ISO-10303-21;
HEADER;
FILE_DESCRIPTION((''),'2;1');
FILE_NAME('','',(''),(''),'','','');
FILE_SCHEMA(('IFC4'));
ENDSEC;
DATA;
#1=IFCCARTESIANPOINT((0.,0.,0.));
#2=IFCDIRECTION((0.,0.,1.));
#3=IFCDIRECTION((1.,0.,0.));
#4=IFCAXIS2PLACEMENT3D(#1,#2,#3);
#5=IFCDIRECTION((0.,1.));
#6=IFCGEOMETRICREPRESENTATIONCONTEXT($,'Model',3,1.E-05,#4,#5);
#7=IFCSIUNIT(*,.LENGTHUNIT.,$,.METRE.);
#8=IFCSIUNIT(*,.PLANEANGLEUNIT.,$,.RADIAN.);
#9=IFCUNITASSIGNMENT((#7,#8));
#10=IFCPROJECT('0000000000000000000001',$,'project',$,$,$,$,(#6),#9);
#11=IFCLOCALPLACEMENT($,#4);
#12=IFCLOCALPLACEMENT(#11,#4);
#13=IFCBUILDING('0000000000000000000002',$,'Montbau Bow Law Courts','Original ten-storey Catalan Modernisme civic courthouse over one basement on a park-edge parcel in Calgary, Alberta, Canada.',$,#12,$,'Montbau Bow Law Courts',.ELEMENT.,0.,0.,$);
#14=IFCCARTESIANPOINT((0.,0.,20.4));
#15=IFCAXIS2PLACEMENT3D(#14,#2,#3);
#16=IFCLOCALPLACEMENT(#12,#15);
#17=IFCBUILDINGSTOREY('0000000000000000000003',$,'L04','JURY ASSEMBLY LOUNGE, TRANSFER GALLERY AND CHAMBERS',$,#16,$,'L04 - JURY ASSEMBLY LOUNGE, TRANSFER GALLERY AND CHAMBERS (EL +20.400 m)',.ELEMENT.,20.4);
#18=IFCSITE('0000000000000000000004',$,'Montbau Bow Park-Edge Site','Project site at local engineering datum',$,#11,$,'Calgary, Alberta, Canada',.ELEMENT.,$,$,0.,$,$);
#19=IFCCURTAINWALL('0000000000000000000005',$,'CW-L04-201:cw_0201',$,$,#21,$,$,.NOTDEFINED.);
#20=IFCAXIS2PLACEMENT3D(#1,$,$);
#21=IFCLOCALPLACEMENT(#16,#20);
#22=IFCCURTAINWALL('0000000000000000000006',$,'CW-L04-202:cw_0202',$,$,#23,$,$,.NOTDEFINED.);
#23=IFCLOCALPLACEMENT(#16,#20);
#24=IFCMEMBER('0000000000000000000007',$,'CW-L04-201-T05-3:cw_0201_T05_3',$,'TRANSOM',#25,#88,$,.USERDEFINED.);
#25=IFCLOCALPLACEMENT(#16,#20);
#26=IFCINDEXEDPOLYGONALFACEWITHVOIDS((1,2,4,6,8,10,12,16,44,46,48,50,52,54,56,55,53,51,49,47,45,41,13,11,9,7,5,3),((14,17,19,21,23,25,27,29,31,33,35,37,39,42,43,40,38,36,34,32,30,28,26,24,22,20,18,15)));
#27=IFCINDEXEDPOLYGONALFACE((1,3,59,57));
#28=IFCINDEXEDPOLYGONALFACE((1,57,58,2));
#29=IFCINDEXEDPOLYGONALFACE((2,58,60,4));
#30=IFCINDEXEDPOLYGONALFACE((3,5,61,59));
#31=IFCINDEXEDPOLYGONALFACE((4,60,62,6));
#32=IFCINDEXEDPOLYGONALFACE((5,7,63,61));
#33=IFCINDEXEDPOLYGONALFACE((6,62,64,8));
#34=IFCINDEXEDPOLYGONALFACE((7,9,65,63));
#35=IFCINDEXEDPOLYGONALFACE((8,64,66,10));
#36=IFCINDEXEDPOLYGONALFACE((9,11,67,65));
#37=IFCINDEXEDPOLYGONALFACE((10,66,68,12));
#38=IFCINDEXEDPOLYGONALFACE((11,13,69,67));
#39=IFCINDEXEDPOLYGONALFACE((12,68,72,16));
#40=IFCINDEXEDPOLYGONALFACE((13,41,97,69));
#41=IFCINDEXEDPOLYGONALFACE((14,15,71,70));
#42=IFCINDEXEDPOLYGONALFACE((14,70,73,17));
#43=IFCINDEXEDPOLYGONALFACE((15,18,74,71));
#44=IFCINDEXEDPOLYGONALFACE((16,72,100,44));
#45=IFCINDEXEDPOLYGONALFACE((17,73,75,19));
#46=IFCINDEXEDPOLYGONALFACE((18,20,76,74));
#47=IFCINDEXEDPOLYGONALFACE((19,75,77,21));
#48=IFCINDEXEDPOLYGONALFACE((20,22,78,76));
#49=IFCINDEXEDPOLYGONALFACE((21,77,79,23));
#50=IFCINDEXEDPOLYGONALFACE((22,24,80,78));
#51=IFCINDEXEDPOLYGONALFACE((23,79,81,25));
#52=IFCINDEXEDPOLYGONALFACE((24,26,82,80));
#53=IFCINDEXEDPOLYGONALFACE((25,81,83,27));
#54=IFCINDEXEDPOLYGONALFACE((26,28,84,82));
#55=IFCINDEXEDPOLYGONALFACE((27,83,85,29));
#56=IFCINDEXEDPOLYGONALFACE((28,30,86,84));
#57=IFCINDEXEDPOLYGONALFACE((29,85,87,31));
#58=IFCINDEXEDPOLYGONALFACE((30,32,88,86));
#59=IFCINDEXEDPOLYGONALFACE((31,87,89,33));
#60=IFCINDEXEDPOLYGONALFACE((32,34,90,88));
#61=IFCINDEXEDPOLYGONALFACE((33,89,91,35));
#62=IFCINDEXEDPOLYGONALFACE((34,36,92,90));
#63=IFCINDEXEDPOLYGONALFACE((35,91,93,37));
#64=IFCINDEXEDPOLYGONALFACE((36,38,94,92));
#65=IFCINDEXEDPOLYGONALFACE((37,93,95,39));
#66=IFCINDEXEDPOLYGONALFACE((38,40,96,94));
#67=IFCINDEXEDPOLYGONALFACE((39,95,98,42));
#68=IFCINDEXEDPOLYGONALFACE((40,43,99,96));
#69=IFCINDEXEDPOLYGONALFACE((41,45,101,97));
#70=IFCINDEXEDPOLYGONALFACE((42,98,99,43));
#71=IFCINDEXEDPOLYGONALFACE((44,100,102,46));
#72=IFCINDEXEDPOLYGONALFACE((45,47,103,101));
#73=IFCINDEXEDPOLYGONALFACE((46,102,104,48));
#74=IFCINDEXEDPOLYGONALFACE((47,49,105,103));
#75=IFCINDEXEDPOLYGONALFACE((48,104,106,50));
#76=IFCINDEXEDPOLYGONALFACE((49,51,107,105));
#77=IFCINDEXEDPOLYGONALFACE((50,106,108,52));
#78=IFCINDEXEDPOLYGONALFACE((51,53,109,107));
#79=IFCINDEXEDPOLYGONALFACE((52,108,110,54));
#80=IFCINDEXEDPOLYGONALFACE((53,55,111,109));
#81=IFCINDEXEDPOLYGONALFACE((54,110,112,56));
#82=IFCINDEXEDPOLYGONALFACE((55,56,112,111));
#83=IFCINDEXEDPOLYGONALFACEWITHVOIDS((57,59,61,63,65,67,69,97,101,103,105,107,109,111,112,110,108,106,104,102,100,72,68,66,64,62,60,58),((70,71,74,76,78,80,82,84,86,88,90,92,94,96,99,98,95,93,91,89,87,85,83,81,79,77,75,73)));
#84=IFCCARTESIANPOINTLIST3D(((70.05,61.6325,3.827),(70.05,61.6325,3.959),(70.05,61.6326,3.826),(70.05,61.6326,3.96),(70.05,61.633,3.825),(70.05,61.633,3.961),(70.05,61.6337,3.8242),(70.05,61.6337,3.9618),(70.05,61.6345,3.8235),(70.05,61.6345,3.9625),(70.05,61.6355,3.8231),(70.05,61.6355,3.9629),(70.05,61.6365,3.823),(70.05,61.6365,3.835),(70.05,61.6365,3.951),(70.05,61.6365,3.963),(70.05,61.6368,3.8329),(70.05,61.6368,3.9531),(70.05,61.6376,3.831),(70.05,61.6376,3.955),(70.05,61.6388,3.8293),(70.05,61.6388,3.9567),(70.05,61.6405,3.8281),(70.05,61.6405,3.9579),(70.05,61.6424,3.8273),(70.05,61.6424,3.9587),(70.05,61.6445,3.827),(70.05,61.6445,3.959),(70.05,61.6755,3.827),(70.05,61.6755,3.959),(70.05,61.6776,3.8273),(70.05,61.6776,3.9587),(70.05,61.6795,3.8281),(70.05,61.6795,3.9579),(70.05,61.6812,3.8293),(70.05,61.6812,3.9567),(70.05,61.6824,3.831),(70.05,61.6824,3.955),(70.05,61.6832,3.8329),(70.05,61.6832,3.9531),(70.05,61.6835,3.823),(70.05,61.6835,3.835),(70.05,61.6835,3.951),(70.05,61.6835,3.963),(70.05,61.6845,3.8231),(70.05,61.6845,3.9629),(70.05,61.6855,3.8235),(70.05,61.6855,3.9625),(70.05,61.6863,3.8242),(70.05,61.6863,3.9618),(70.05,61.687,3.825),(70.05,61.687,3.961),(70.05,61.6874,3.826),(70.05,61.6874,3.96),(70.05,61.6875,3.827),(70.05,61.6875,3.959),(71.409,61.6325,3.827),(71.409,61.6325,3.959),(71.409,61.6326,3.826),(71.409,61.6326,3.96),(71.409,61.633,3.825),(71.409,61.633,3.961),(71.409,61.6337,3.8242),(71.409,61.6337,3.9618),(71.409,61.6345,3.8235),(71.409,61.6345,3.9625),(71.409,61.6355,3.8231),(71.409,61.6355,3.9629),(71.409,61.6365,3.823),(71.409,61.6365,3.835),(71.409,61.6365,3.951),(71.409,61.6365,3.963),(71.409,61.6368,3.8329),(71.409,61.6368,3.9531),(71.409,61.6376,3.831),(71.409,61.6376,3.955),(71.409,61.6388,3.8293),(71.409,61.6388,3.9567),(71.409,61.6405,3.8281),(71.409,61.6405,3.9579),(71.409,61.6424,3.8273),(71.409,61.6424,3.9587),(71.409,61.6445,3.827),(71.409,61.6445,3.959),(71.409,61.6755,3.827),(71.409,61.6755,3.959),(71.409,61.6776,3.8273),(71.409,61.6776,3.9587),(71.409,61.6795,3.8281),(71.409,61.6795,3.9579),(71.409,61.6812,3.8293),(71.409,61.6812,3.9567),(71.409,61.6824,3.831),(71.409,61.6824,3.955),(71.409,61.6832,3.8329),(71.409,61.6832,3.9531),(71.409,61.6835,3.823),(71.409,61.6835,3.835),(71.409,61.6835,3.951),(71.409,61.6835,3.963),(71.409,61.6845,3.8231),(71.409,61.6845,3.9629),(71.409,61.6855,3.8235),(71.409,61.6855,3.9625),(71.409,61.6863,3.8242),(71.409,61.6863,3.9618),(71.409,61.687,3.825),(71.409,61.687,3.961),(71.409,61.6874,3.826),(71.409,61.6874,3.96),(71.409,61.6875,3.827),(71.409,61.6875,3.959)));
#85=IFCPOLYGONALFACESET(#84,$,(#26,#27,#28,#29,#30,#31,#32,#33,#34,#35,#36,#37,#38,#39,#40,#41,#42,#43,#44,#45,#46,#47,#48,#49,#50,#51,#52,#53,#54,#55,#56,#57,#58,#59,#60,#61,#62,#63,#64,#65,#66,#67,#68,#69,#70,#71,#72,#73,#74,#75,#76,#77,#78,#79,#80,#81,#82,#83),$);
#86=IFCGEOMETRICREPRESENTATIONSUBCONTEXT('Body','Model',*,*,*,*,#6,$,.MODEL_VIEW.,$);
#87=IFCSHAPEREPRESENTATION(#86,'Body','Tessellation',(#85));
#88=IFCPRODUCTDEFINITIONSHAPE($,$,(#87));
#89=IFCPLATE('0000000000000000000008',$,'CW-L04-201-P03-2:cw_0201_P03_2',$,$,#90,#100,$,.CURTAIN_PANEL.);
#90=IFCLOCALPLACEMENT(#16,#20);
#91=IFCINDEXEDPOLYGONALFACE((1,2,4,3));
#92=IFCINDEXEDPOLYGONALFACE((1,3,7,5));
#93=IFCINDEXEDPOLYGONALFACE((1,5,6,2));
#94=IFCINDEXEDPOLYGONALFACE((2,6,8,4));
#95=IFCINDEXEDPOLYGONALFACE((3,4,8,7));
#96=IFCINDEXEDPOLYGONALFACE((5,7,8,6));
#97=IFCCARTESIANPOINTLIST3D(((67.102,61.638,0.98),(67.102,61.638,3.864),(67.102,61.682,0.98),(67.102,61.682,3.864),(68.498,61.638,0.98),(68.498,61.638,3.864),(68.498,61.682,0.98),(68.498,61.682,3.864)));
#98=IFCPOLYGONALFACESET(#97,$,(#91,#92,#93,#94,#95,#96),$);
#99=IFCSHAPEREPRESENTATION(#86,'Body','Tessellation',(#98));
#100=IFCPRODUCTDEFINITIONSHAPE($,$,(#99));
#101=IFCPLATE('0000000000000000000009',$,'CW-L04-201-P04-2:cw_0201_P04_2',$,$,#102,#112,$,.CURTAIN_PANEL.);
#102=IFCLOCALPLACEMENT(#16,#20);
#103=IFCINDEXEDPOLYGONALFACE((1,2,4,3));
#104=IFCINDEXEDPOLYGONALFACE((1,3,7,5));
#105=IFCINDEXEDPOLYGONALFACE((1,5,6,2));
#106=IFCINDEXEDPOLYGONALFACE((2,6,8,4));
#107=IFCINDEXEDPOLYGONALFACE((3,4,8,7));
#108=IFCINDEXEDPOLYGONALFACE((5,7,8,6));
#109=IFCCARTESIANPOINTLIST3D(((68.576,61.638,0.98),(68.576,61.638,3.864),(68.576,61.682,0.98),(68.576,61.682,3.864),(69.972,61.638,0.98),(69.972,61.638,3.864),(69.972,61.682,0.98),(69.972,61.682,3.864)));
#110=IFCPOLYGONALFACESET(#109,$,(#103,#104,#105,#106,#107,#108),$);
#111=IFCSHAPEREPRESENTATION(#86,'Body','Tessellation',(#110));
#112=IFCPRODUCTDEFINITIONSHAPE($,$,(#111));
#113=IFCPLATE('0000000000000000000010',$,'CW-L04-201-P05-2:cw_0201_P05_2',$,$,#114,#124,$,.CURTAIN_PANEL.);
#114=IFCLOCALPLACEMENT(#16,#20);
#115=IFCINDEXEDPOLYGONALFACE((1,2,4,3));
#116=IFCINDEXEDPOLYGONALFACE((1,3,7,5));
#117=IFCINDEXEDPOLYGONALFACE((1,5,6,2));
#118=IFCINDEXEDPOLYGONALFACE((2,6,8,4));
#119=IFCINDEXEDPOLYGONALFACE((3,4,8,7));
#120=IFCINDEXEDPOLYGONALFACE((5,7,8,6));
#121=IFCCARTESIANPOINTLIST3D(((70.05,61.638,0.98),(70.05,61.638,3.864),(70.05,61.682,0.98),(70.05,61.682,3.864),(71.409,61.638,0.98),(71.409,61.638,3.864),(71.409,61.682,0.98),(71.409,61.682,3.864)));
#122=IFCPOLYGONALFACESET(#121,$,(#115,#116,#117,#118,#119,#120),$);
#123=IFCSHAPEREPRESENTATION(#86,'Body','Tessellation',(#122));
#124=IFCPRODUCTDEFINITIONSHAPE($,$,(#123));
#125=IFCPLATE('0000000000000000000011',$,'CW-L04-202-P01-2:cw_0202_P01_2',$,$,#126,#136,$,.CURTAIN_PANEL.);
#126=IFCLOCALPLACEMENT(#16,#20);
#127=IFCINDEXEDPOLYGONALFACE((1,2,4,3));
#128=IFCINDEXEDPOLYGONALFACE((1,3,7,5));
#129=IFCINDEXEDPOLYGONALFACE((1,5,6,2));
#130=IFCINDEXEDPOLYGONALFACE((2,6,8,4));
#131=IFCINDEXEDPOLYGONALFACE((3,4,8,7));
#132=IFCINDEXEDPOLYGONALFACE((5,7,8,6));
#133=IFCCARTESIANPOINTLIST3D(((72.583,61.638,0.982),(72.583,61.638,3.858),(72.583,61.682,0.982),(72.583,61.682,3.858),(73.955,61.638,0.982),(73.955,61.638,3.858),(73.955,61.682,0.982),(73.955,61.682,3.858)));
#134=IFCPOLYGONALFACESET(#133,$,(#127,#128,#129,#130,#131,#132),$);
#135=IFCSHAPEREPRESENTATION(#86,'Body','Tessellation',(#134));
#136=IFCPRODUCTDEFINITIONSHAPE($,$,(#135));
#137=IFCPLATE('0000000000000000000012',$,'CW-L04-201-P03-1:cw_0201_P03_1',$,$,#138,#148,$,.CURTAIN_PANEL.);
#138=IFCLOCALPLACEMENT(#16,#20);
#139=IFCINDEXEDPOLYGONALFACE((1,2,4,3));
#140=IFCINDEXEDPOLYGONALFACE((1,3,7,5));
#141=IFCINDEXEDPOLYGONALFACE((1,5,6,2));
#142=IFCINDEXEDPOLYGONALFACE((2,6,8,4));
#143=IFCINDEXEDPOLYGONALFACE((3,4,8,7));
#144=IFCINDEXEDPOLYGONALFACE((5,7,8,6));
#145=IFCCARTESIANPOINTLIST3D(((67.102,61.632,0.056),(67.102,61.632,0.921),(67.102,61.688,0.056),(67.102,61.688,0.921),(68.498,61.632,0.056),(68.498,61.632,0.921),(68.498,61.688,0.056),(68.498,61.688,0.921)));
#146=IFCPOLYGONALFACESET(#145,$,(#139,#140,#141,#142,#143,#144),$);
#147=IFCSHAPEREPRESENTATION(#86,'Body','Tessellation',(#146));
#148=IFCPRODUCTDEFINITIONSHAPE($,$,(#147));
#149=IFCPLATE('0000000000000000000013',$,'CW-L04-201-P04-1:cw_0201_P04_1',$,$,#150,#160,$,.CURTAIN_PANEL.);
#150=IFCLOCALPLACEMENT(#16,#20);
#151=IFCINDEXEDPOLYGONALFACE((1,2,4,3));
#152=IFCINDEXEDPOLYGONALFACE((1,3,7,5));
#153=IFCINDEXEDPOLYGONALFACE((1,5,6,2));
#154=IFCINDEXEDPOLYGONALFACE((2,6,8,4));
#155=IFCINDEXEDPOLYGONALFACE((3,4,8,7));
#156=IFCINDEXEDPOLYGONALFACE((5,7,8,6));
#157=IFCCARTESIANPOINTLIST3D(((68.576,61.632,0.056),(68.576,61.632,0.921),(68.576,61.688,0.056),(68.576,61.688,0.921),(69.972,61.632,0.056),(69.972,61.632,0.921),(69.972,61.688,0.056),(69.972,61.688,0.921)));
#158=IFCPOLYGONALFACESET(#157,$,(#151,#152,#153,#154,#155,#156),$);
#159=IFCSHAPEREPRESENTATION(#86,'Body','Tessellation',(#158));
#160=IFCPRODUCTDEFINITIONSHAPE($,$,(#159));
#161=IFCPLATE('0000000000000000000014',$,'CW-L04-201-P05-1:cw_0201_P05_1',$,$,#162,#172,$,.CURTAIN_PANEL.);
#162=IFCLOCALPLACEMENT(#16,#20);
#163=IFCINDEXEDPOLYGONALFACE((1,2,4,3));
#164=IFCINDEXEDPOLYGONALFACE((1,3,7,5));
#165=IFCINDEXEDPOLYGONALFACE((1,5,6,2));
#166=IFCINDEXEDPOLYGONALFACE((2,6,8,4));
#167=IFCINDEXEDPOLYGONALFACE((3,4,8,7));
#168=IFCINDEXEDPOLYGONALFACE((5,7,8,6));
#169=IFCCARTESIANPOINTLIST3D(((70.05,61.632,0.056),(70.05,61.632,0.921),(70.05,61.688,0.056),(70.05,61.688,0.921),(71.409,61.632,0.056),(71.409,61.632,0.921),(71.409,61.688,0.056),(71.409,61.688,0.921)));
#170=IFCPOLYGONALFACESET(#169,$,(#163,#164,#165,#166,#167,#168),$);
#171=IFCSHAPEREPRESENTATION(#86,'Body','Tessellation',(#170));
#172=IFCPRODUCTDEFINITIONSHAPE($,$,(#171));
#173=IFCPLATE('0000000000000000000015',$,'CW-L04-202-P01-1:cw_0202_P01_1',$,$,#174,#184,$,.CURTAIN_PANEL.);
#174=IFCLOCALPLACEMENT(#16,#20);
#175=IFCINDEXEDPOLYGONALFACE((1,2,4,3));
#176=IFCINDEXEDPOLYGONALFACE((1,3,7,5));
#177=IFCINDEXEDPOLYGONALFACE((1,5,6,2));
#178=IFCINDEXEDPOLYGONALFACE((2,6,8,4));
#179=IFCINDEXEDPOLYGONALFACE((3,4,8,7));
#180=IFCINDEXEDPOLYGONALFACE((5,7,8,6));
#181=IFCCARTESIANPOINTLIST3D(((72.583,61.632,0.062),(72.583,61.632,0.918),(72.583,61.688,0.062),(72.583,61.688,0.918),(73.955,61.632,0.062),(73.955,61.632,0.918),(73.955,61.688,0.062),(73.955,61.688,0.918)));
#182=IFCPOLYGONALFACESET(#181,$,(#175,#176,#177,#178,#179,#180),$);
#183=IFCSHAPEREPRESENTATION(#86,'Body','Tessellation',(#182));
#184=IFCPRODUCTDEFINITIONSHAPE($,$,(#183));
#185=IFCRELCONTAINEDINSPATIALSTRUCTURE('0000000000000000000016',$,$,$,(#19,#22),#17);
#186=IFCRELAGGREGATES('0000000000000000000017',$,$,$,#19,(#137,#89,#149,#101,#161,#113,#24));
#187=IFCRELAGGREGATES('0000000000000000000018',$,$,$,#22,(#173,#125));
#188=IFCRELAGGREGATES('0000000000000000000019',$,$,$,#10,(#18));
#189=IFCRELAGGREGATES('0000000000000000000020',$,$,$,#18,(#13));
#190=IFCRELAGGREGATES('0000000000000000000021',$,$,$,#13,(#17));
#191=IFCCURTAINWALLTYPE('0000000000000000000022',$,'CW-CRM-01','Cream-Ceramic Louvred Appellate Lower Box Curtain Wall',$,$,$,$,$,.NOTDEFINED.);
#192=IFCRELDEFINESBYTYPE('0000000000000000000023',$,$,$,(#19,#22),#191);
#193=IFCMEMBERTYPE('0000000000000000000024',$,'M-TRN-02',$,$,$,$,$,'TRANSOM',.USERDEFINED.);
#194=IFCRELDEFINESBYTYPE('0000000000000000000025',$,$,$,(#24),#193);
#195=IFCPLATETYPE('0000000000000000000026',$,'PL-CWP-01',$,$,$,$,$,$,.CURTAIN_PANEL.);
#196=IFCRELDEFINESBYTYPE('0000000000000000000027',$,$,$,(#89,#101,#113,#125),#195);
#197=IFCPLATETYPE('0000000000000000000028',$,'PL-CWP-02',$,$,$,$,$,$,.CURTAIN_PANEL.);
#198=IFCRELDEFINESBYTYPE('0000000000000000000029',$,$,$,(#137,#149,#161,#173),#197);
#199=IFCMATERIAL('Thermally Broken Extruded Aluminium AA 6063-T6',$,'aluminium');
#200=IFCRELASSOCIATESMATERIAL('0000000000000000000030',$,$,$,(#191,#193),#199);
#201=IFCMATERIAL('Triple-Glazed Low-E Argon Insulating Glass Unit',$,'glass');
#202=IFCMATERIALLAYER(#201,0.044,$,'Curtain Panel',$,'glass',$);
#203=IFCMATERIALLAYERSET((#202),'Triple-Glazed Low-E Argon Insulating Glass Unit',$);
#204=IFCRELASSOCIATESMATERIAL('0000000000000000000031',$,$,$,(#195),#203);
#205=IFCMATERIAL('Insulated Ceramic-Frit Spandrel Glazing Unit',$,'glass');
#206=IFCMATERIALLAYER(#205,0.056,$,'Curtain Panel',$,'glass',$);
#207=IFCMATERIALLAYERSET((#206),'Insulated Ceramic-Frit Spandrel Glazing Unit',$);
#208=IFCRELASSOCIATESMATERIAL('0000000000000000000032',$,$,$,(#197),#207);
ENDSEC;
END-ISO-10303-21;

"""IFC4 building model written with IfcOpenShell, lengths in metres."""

from ifc_helpers import new_model, si_unit, direction, frame, frame_2d, origin_with_axes, origin_2d_with_axis, place, context, subcontext, project, spatial, rectangle, hollow_rectangle, extrude, material, layer, layer_set, material_profile, profile_set, type_object, element, aggregate, save


model = new_model("IFC4")

# Units and contexts
model_context = context("Model", 3, precision=1e-05, world=origin_with_axes(), true_north=direction((0.0, 1.0)))
body_context = subcontext(model_context, "Body", "Model", "MODEL_VIEW")
ifc_project = project(units=[si_unit("LENGTHUNIT", "METRE"), si_unit("PLANEANGLEUNIT", "RADIAN")], contexts=[model_context])

# Site, building, storey
site_placement = place(None, origin_with_axes())
site = spatial("IfcSite", under=ifc_project, at=site_placement, Name="Montbau Bow Park-Edge Site", Description="Project site at local engineering datum", LongName="Calgary, Alberta, Canada", CompositionType="ELEMENT", RefElevation=0.0)
building_placement = place(site_placement, origin_with_axes())
building = spatial("IfcBuilding", under=site, at=building_placement, Name="Montbau Bow Law Courts", Description="Original ten-storey Catalan Modernisme civic courthouse over one basement on a park-edge parcel in Calgary, Alberta, Canada.", LongName="Montbau Bow Law Courts", CompositionType="ELEMENT", ElevationOfRefHeight=0.0, ElevationOfTerrain=0.0)
storey_placement = place(building_placement, frame((0.0, 0.0, 20.4), z_axis=(0.0, 0.0, 1.0), x_axis=(1.0, 0.0, 0.0)))
storey = spatial("IfcBuildingStorey", under=building, at=storey_placement, Name="L04", Description="JURY ASSEMBLY LOUNGE, TRANSFER GALLERY AND CHAMBERS", LongName="L04 - JURY ASSEMBLY LOUNGE, TRANSFER GALLERY AND CHAMBERS (EL +20.400 m)", CompositionType="ELEMENT", Elevation=20.4)

# Curtain walls
ifc_material_1 = material(Name="Thermally Broken Extruded Aluminium AA 6063-T6", Category="aluminium")
curtain_wall_type = type_object("IfcCurtainWallType", Name="CW-CRM-01", Description="Cream-Ceramic Louvred Appellate Lower Box Curtain Wall", PredefinedType="NOTDEFINED", material=ifc_material_1)
curtain_wall_1_placement = place(None, frame((64.115, 61.66, 20.4), z_axis=(0.0, 0.0, 1.0), x_axis=(1.0, 0.0, 0.0)))
curtain_wall_1 = element("IfcCurtainWall", 1, at=curtain_wall_1_placement, inside=storey, type_object=curtain_wall_type, Name="CW-L04-201:cw_0201", PredefinedType="NOTDEFINED")
curtain_wall_2_placement = place(None, frame((72.515, 61.66, 20.4), z_axis=(0.0, 0.0, 1.0), x_axis=(1.0, 0.0, 0.0)))
curtain_wall_2 = element("IfcCurtainWall", 2, at=curtain_wall_2_placement, inside=storey, type_object=curtain_wall_type, Name="CW-L04-202:cw_0202", PredefinedType="NOTDEFINED")

# Member
ifc_material_profile_1 = material_profile(ifc_material_1, hollow_rectangle(XDim=0.055, YDim=0.14, WallThickness=0.004, InnerFilletRadius=0.008, OuterFilletRadius=0.004, at=origin_2d_with_axis()), Name="CWT-140X55", Category="Main", Priority=0)
ifc_profile_set_1 = profile_set([ifc_material_profile_1], Name="Thermally Broken Extruded Aluminium AA 6063-T6")
member_type_1 = type_object("IfcMemberType", Name="M-TRN-02", ElementType="TRANSOM", PredefinedType="USERDEFINED", material=ifc_profile_set_1)
member_1_placement = place(None, frame((70.05, 61.66, 24.293), z_axis=(1.0, 0.0, 0.0), x_axis=(0.0, 1.0, 0.0)))
member_1 = element("IfcMember", 3, at=member_1_placement, type_object=member_type_1, Name="CW-L04-201-T05-3:cw_0201_T05_3", ObjectType="TRANSOM", PredefinedType="USERDEFINED", context=body_context, shape_type="SweptSolid", body=[
    extrude(hollow_rectangle(XDim=0.055, YDim=0.14, WallThickness=0.004, InnerFilletRadius=0.008, OuterFilletRadius=0.004, at=origin_2d_with_axis()), origin_with_axes(), (0.0, 0.0, 1.0), 1.359),
])

# Plates
ifc_material_2 = material(Name="Triple-Glazed Low-E Argon Insulating Glass Unit", Category="glass")
ifc_layer_1 = layer(ifc_material_2, 0.044, Name="Curtain Panel", Category="glass")
ifc_layer_set_1 = layer_set([ifc_layer_1], Name="Triple-Glazed Low-E Argon Insulating Glass Unit")
plate_type_1 = type_object("IfcPlateType", Name="PL-CWP-01", PredefinedType="CURTAIN_PANEL", material=ifc_layer_set_1)
plate_1_placement = place(None, frame((67.102, 61.66, 21.38), z_axis=(0.0, -1.0, 0.0), x_axis=(1.0, 0.0, 0.0)))
plate_1 = element("IfcPlate", 4, at=plate_1_placement, type_object=plate_type_1, Name="CW-L04-201-P03-2:cw_0201_P03_2", PredefinedType="CURTAIN_PANEL", context=body_context, shape_type="SweptSolid", body=[
    extrude(rectangle(XDim=1.396, YDim=2.884, at=frame_2d((0.698, 1.442), x_axis=(1.0, 0.0))), frame((0.0, 0.0, -0.022), z_axis=(0.0, 0.0, 1.0), x_axis=(1.0, 0.0, 0.0)), (0.0, 0.0, 1.0), 0.044),
])
plate_2_placement = place(None, frame((68.576, 61.66, 21.38), z_axis=(0.0, -1.0, 0.0), x_axis=(1.0, 0.0, 0.0)))
plate_2 = element("IfcPlate", 5, at=plate_2_placement, type_object=plate_type_1, Name="CW-L04-201-P04-2:cw_0201_P04_2", PredefinedType="CURTAIN_PANEL", context=body_context, shape_type="SweptSolid", body=[
    extrude(rectangle(XDim=1.396, YDim=2.884, at=frame_2d((0.698, 1.442), x_axis=(1.0, 0.0))), frame((0.0, 0.0, -0.022), z_axis=(0.0, 0.0, 1.0), x_axis=(1.0, 0.0, 0.0)), (0.0, 0.0, 1.0), 0.044),
])
plate_3_placement = place(None, frame((70.05, 61.66, 21.38), z_axis=(0.0, -1.0, 0.0), x_axis=(1.0, 0.0, 0.0)))
plate_3 = element("IfcPlate", 6, at=plate_3_placement, type_object=plate_type_1, Name="CW-L04-201-P05-2:cw_0201_P05_2", PredefinedType="CURTAIN_PANEL", context=body_context, shape_type="SweptSolid", body=[
    extrude(rectangle(XDim=1.359, YDim=2.884, at=frame_2d((0.6795, 1.442), x_axis=(1.0, 0.0))), frame((0.0, 0.0, -0.022), z_axis=(0.0, 0.0, 1.0), x_axis=(1.0, 0.0, 0.0)), (0.0, 0.0, 1.0), 0.044),
])
plate_4_placement = place(None, frame((72.583, 61.66, 21.382), z_axis=(0.0, -1.0, 0.0), x_axis=(1.0, 0.0, 0.0)))
plate_4 = element("IfcPlate", 7, at=plate_4_placement, type_object=plate_type_1, Name="CW-L04-202-P01-2:cw_0202_P01_2", PredefinedType="CURTAIN_PANEL", context=body_context, shape_type="SweptSolid", body=[
    extrude(rectangle(XDim=1.372, YDim=2.876, at=frame_2d((0.686, 1.438), x_axis=(1.0, 0.0))), frame((0.0, 0.0, -0.022), z_axis=(0.0, 0.0, 1.0), x_axis=(1.0, 0.0, 0.0)), (0.0, 0.0, 1.0), 0.044),
])
ifc_material_3 = material(Name="Insulated Ceramic-Frit Spandrel Glazing Unit", Category="glass")
ifc_layer_2 = layer(ifc_material_3, 0.056, Name="Curtain Panel", Category="glass")
ifc_layer_set_2 = layer_set([ifc_layer_2], Name="Insulated Ceramic-Frit Spandrel Glazing Unit")
plate_type_2 = type_object("IfcPlateType", Name="PL-CWP-02", PredefinedType="CURTAIN_PANEL", material=ifc_layer_set_2)
plate_5_placement = place(None, frame((67.102, 61.66, 20.456), z_axis=(0.0, -1.0, 0.0), x_axis=(1.0, 0.0, 0.0)))
plate_5 = element("IfcPlate", 8, at=plate_5_placement, type_object=plate_type_2, Name="CW-L04-201-P03-1:cw_0201_P03_1", PredefinedType="CURTAIN_PANEL", context=body_context, shape_type="SweptSolid", body=[
    extrude(rectangle(XDim=1.396, YDim=0.865, at=frame_2d((0.698, 0.4325), x_axis=(1.0, 0.0))), frame((0.0, 0.0, -0.028), z_axis=(0.0, 0.0, 1.0), x_axis=(1.0, 0.0, 0.0)), (0.0, 0.0, 1.0), 0.056),
])
plate_6_placement = place(None, frame((68.576, 61.66, 20.456), z_axis=(0.0, -1.0, 0.0), x_axis=(1.0, 0.0, 0.0)))
plate_6 = element("IfcPlate", 9, at=plate_6_placement, type_object=plate_type_2, Name="CW-L04-201-P04-1:cw_0201_P04_1", PredefinedType="CURTAIN_PANEL", context=body_context, shape_type="SweptSolid", body=[
    extrude(rectangle(XDim=1.396, YDim=0.865, at=frame_2d((0.698, 0.4325), x_axis=(1.0, 0.0))), frame((0.0, 0.0, -0.028), z_axis=(0.0, 0.0, 1.0), x_axis=(1.0, 0.0, 0.0)), (0.0, 0.0, 1.0), 0.056),
])
plate_7_placement = place(None, frame((70.05, 61.66, 20.456), z_axis=(0.0, -1.0, 0.0), x_axis=(1.0, 0.0, 0.0)))
plate_7 = element("IfcPlate", 10, at=plate_7_placement, type_object=plate_type_2, Name="CW-L04-201-P05-1:cw_0201_P05_1", PredefinedType="CURTAIN_PANEL", context=body_context, shape_type="SweptSolid", body=[
    extrude(rectangle(XDim=1.359, YDim=0.865, at=frame_2d((0.6795, 0.4325), x_axis=(1.0, 0.0))), frame((0.0, 0.0, -0.028), z_axis=(0.0, 0.0, 1.0), x_axis=(1.0, 0.0, 0.0)), (0.0, 0.0, 1.0), 0.056),
])
aggregate(curtain_wall_1, [plate_5, plate_1, plate_6, plate_2, plate_7, plate_3, member_1])
plate_8_placement = place(None, frame((72.583, 61.66, 20.462), z_axis=(0.0, -1.0, 0.0), x_axis=(1.0, 0.0, 0.0)))
plate_8 = element("IfcPlate", 11, at=plate_8_placement, type_object=plate_type_2, Name="CW-L04-202-P01-1:cw_0202_P01_1", PredefinedType="CURTAIN_PANEL", context=body_context, shape_type="SweptSolid", body=[
    extrude(rectangle(XDim=1.372, YDim=0.856, at=frame_2d((0.686, 0.428), x_axis=(1.0, 0.0))), frame((0.0, 0.0, -0.028), z_axis=(0.0, 0.0, 1.0), x_axis=(1.0, 0.0, 0.0)), (0.0, 0.0, 1.0), 0.056),
])
aggregate(curtain_wall_2, [plate_8, plate_4])

save(model, "model.ifc")
